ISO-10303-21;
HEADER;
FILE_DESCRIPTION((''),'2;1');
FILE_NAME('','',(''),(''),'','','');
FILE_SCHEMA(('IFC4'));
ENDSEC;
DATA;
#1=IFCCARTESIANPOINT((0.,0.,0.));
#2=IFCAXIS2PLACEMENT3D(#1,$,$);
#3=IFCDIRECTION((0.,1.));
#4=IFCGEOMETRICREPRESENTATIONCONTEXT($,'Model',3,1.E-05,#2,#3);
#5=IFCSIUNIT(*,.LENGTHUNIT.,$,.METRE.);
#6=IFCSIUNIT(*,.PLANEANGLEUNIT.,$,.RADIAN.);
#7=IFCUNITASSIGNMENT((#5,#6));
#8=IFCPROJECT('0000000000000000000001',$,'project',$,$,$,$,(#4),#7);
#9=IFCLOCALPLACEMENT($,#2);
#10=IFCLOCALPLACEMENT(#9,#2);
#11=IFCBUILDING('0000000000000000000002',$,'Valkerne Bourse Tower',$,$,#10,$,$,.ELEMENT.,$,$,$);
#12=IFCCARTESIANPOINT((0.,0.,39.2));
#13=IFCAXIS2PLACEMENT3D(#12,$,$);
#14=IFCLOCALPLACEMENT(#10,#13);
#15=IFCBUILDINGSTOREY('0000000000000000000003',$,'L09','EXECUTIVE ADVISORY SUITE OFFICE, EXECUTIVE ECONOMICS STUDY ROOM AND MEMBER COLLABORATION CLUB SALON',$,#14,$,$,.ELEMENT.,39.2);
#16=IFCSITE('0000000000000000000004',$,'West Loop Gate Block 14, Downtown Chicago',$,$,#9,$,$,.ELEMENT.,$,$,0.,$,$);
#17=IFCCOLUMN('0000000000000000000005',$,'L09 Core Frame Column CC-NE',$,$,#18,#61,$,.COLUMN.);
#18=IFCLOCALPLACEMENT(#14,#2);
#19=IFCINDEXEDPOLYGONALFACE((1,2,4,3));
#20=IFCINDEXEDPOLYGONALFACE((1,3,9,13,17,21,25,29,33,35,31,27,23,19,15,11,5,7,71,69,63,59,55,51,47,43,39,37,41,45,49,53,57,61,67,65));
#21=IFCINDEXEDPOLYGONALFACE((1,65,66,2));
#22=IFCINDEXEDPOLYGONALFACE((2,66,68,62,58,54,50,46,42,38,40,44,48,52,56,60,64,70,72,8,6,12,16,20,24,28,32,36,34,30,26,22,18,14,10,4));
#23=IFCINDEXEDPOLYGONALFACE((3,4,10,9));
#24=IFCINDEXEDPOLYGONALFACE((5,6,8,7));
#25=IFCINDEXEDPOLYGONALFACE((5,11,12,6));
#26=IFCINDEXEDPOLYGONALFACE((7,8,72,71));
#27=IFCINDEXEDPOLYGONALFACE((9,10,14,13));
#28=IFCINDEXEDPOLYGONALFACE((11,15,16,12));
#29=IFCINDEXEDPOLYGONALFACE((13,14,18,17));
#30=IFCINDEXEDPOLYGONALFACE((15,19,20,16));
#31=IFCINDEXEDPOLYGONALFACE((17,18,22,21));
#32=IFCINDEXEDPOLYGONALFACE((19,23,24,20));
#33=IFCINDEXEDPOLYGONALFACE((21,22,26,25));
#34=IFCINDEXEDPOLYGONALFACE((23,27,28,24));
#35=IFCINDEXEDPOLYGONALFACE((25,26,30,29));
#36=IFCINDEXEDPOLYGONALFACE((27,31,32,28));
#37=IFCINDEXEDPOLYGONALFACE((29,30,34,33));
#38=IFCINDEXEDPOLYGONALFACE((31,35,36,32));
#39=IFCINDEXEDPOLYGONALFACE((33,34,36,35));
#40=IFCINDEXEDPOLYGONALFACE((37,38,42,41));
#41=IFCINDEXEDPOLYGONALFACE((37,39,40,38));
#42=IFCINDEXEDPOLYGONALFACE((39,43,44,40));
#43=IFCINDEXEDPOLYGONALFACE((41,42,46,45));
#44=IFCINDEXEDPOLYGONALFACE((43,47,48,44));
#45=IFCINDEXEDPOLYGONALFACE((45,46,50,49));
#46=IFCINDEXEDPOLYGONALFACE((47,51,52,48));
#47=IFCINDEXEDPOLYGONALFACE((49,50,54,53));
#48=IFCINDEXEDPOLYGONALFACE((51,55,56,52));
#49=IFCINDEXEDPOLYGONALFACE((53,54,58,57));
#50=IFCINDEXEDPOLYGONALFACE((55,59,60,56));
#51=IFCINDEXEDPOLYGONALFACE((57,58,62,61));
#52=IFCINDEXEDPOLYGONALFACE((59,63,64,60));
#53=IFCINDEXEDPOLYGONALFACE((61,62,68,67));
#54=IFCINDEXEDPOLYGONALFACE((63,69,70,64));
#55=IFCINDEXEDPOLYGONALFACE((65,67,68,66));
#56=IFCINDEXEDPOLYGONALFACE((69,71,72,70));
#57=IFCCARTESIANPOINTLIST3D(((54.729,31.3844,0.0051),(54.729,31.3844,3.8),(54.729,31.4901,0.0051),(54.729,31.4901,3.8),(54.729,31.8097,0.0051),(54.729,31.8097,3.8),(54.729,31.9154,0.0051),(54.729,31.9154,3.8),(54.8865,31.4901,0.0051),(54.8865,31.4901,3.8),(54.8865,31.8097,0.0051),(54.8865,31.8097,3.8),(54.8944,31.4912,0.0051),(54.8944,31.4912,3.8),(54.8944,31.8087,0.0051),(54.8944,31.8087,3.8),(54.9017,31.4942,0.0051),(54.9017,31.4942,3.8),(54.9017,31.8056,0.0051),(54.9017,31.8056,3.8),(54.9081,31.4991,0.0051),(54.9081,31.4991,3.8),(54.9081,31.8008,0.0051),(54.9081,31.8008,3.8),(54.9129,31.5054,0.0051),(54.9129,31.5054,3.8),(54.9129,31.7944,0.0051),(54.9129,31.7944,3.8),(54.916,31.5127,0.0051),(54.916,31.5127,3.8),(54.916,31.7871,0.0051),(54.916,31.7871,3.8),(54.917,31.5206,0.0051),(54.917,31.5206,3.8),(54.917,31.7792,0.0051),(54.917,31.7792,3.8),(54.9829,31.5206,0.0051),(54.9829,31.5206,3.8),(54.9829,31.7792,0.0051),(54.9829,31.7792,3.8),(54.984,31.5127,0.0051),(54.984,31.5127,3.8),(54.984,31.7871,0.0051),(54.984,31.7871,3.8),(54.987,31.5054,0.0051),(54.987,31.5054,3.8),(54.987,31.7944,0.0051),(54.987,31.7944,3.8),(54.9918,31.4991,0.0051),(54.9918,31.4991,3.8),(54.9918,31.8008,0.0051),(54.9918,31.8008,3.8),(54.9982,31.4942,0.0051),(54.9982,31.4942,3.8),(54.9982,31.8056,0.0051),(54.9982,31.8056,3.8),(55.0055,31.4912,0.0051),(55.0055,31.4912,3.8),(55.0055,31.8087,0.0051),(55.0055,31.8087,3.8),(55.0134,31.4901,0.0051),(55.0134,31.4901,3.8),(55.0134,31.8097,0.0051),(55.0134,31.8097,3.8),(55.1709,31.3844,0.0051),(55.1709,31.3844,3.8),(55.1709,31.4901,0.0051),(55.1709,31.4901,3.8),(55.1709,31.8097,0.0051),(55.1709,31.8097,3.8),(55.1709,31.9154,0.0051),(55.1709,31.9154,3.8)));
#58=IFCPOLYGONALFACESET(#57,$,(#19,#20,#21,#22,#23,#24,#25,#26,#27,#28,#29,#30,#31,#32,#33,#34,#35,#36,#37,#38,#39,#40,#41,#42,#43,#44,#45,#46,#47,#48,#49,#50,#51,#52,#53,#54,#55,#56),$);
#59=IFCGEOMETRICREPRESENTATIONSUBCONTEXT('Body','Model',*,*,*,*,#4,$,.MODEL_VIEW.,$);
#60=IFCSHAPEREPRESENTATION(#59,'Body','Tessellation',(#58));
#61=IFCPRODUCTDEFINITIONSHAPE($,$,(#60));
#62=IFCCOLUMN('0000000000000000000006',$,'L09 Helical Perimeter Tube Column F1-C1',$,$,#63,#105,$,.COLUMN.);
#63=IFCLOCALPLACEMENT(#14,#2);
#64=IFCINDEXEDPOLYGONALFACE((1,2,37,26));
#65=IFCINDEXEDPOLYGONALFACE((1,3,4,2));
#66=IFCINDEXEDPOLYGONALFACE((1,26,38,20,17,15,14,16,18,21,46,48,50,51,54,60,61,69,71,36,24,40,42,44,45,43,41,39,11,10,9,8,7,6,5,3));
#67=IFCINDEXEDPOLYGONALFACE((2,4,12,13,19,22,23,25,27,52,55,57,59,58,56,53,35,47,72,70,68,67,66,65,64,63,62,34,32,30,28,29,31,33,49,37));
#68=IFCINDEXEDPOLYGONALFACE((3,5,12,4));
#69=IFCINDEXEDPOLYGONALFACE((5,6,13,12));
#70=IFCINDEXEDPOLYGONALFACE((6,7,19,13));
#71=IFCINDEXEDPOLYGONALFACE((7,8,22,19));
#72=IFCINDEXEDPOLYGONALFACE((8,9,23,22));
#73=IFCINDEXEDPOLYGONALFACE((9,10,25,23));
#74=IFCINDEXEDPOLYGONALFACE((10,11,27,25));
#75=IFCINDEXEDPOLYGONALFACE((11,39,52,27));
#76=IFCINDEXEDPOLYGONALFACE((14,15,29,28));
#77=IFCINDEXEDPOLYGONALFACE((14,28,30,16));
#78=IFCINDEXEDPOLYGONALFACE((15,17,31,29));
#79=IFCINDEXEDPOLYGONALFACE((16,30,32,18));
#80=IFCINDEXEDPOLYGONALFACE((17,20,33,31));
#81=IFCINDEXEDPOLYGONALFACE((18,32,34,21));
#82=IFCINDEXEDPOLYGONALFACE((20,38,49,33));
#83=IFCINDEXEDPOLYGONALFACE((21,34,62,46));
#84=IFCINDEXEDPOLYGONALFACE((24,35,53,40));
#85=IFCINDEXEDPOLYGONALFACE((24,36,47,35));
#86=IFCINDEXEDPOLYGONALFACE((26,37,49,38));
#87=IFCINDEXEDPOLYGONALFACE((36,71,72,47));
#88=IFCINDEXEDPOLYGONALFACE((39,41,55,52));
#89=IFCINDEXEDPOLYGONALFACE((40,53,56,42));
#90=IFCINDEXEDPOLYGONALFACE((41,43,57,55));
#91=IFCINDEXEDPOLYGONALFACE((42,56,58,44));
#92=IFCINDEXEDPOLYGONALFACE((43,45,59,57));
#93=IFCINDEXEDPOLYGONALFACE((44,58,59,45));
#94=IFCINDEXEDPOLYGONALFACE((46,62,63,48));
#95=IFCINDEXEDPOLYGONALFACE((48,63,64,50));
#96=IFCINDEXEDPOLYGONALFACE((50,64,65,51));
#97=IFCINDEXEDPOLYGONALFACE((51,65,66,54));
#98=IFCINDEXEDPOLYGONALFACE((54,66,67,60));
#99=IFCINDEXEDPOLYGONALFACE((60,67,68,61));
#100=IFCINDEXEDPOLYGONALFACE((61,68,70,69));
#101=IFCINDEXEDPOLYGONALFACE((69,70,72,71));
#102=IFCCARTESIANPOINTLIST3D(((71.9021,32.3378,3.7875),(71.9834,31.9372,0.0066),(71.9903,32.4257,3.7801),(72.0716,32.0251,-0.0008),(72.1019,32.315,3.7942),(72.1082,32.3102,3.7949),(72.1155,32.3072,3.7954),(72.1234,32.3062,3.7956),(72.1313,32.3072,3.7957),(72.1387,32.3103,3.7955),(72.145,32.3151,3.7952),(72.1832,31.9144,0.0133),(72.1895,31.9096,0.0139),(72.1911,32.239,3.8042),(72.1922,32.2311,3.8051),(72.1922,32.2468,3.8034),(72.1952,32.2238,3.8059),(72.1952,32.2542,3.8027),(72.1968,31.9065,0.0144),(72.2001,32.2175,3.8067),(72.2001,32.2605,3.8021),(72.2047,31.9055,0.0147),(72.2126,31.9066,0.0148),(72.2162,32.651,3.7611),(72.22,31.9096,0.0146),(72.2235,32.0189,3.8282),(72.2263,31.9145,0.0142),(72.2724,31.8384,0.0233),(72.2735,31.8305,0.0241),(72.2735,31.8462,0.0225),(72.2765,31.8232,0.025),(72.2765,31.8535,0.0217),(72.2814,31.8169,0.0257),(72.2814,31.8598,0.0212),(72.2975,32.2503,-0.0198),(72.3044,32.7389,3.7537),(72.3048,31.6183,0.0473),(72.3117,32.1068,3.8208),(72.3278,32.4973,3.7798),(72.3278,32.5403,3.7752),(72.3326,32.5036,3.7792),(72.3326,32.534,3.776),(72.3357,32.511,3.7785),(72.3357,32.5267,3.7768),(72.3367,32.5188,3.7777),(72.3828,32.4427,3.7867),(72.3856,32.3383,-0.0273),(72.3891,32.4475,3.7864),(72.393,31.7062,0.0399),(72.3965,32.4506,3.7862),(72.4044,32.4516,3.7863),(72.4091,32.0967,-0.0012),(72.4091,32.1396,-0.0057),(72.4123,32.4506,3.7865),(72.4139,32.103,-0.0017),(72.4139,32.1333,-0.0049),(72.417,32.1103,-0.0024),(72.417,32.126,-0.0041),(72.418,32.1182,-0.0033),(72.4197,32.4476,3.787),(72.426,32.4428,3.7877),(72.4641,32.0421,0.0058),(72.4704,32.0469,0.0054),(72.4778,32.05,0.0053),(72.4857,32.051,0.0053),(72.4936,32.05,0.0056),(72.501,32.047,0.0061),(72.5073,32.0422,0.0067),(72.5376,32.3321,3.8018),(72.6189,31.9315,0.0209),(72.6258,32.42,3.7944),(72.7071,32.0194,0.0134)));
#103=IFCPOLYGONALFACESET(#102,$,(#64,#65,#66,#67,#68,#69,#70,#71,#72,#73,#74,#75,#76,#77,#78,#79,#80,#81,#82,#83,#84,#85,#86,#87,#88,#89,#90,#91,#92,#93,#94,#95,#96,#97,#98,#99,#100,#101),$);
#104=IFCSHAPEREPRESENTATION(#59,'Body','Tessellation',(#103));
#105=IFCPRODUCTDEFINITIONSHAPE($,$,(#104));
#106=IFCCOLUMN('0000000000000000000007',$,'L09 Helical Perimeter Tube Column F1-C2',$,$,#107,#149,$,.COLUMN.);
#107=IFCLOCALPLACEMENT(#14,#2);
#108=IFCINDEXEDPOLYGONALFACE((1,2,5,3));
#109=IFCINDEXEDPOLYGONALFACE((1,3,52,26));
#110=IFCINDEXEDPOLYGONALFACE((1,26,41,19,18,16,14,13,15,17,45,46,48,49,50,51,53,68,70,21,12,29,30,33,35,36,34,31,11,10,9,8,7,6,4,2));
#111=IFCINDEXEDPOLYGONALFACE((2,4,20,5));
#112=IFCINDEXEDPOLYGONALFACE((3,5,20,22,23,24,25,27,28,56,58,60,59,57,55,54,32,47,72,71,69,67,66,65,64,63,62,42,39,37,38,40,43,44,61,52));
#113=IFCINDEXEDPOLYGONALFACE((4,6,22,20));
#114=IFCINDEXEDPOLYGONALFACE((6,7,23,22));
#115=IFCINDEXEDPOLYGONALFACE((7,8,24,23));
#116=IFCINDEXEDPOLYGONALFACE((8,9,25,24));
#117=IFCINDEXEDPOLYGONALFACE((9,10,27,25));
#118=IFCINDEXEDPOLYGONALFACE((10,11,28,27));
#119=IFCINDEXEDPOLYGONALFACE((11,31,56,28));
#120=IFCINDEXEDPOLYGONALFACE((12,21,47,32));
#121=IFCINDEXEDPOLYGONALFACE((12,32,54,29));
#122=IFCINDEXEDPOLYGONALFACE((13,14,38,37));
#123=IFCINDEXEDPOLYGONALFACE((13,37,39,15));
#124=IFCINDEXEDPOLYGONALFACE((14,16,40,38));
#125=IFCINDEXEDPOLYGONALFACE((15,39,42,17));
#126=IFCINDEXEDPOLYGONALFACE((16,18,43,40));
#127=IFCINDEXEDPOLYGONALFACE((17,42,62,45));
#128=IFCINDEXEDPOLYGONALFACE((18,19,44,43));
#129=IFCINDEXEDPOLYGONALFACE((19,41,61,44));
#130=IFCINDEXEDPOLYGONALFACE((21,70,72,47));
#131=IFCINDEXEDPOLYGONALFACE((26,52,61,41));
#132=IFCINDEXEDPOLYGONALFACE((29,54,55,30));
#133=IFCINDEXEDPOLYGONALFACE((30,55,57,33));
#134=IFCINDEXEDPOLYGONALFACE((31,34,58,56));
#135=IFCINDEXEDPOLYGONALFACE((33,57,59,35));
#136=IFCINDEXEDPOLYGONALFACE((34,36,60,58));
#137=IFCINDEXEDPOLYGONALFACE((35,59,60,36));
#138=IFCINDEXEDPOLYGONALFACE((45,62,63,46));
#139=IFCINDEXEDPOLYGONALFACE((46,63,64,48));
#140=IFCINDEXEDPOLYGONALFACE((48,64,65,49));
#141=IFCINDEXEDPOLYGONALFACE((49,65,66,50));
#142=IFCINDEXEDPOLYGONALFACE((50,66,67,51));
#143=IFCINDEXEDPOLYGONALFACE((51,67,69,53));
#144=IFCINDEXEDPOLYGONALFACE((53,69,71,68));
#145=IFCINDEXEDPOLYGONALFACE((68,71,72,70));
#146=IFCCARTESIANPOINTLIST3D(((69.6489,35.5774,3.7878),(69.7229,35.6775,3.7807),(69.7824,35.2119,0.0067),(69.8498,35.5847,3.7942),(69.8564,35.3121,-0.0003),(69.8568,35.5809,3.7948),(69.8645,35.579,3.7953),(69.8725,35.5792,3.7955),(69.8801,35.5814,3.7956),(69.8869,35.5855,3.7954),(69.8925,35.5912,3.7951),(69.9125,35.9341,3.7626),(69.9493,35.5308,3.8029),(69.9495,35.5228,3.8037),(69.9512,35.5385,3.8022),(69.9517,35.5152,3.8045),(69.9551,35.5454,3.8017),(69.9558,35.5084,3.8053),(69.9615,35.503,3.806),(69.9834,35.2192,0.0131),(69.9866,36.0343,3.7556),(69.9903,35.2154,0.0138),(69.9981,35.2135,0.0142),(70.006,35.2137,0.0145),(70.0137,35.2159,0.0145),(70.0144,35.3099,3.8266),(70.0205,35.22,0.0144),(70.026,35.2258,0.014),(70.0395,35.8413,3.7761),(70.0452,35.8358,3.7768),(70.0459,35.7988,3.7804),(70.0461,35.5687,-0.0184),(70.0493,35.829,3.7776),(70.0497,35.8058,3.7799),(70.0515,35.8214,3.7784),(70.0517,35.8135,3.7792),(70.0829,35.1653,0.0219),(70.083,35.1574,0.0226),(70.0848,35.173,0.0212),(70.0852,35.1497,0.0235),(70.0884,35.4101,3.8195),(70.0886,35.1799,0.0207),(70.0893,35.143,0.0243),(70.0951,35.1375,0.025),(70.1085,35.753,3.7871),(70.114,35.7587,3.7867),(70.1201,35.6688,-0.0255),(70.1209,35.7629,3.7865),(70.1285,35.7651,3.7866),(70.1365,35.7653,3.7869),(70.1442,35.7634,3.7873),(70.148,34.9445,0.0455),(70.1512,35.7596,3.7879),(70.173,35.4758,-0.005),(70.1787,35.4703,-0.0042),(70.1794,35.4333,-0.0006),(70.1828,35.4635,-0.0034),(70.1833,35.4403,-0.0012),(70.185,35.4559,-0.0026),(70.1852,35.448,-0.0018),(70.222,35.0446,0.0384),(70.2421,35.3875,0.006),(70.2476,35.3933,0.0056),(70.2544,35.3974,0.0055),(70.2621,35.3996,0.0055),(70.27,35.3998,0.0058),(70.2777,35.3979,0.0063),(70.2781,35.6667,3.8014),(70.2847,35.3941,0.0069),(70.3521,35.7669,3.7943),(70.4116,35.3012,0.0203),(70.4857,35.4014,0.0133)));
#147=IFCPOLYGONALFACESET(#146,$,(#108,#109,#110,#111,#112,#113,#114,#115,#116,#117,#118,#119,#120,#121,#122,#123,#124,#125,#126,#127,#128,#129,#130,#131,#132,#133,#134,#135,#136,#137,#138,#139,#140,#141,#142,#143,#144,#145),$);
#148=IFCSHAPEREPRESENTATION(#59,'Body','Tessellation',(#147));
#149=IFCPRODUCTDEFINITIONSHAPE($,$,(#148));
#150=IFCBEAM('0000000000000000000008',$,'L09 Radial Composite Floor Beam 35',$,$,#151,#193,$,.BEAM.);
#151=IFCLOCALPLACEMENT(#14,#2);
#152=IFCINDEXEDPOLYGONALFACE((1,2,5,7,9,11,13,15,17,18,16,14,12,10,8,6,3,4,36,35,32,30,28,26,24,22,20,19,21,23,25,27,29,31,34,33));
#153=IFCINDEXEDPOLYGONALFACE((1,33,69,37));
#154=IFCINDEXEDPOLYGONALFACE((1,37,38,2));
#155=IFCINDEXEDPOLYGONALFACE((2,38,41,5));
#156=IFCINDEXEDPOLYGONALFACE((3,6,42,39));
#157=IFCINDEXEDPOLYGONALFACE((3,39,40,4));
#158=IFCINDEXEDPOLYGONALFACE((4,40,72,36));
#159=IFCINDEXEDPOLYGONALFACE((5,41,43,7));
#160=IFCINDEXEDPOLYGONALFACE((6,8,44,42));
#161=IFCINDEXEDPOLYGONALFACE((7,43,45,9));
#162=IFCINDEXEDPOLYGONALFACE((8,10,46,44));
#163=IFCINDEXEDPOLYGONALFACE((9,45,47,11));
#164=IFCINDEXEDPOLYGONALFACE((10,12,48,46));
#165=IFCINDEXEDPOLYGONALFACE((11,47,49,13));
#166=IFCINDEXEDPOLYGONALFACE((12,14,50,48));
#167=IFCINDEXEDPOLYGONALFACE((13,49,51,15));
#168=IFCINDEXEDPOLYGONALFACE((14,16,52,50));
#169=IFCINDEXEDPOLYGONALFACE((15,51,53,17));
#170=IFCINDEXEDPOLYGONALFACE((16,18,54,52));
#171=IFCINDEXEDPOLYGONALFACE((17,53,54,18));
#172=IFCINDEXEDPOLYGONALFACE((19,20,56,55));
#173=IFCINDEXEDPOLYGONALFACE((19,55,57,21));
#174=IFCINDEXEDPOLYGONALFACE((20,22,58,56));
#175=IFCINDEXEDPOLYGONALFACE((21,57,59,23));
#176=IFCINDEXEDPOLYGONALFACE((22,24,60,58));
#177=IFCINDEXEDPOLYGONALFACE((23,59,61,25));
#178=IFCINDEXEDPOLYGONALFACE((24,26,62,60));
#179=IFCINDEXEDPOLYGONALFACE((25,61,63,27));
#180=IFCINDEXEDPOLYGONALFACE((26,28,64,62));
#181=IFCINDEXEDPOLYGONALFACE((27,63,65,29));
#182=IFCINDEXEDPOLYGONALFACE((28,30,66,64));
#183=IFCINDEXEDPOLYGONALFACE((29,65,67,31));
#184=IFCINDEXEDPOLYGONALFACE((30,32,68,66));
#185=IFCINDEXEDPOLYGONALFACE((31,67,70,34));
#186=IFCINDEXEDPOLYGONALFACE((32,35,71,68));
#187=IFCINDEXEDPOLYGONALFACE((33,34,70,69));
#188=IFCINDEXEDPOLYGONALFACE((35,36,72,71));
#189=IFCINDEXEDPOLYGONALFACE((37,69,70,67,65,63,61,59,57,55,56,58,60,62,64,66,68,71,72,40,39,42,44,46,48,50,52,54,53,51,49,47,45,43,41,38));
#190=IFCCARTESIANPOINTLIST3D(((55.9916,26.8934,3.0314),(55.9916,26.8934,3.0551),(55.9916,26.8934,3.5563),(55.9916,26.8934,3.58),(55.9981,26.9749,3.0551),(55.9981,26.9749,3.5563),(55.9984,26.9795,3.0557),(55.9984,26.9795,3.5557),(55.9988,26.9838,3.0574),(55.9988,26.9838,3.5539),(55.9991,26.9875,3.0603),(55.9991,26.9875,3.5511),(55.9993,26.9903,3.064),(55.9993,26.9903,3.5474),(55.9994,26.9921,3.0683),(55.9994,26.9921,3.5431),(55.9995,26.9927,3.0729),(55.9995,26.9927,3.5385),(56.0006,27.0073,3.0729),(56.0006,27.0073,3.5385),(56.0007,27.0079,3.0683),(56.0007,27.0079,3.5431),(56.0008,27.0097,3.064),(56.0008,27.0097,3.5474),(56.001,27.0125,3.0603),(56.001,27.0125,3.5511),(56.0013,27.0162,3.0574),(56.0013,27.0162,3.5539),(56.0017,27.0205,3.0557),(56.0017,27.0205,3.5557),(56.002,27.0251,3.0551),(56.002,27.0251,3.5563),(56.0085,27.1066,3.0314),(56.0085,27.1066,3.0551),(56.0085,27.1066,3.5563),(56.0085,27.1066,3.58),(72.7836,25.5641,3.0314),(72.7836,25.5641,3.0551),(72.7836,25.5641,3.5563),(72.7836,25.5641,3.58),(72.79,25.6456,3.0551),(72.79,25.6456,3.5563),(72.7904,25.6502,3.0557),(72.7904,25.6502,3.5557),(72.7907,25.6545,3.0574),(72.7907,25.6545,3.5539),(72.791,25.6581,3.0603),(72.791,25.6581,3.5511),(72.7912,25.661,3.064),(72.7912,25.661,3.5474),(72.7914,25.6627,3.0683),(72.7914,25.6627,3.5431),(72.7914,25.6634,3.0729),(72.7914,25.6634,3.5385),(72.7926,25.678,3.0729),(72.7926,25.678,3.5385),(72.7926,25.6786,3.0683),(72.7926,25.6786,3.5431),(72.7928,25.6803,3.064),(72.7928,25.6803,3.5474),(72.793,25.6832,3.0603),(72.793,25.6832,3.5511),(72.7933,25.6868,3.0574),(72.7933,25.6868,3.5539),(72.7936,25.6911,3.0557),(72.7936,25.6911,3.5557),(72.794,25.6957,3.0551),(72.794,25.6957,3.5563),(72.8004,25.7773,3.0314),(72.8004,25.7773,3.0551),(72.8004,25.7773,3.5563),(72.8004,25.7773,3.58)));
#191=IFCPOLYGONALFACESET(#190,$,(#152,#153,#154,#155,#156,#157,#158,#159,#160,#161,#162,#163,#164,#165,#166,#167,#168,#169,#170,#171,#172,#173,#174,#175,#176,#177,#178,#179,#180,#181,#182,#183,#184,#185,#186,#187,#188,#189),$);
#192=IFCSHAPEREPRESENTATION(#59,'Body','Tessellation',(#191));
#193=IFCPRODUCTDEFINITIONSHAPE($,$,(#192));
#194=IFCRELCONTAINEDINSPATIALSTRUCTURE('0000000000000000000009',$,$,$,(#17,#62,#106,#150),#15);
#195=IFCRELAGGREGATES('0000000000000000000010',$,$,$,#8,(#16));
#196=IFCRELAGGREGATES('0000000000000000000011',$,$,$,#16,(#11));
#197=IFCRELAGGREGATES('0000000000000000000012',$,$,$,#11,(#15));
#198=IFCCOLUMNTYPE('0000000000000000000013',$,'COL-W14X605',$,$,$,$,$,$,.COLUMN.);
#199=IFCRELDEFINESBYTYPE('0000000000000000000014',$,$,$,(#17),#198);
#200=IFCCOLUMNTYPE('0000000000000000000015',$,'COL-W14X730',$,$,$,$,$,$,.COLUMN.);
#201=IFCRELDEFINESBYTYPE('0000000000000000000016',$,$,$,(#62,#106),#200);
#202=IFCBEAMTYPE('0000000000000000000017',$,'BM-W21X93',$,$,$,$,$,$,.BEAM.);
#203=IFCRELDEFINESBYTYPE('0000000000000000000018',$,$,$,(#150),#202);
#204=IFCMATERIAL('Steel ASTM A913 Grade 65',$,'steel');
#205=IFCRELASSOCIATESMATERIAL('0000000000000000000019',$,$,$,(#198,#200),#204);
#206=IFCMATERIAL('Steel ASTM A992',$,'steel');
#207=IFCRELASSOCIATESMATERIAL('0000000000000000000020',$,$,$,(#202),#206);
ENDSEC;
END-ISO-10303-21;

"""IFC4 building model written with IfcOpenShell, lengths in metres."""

from ifc_helpers import new_model, si_unit, direction, frame, origin, origin_2d, place, context, subcontext, project, spatial, i_section, extrude, material, material_profile, profile_set, type_object, element, save


model = new_model("IFC4")

# Units and contexts
model_context = context("Model", 3, precision=1e-05, world=origin(), true_north=direction((0.0, 1.0)))
body_context = subcontext(model_context, "Body", "Model", "MODEL_VIEW")
ifc_project = project(units=[si_unit("LENGTHUNIT", "METRE"), si_unit("PLANEANGLEUNIT", "RADIAN")], contexts=[model_context])

# Site, building, storey
site_placement = place(None, origin())
site = spatial("IfcSite", under=ifc_project, at=site_placement, Name="West Loop Gate Block 14, Downtown Chicago", CompositionType="ELEMENT", RefElevation=0.0)
building_placement = place(site_placement, origin())
building = spatial("IfcBuilding", under=site, at=building_placement, Name="Valkerne Bourse Tower", CompositionType="ELEMENT")
storey_placement = place(building_placement, frame((0.0, 0.0, 39.2)))
storey = spatial("IfcBuildingStorey", under=building, at=storey_placement, Name="L09", Description="EXECUTIVE ADVISORY SUITE OFFICE, EXECUTIVE ECONOMICS STUDY ROOM AND MEMBER COLLABORATION CLUB SALON", CompositionType="ELEMENT", Elevation=39.2)

# Columns
ifc_material_1 = material(Name="Steel ASTM A913 Grade 65", Category="steel")
ifc_material_profile_1 = material_profile(ifc_material_1, i_section(OverallWidth=0.4419, OverallDepth=0.531, WebThickness=0.0659, FlangeThickness=0.1057, FilletRadius=0.0305, at=origin_2d()), Name="W14X605")
ifc_profile_set_1 = profile_set([ifc_material_profile_1], Name="Steel ASTM A913 Grade 65")
column_type_1 = type_object("IfcColumnType", Name="COL-W14X605", PredefinedType="COLUMN", material=ifc_profile_set_1)
column_1_placement = place(storey_placement, frame((54.95, 31.6499, 0.0051), z_axis=(0.0, 0.0, 1.0), x_axis=(1.0, 0.0, 0.0)))
element("IfcColumn", 1, at=column_1_placement, inside=storey, type_object=column_type_1, Name="L09 Core Frame Column CC-NE", PredefinedType="COLUMN", context=body_context, shape_type="SweptSolid", body=[
    extrude(i_section(OverallWidth=0.4419, OverallDepth=0.531, WebThickness=0.0659, FlangeThickness=0.1057, FilletRadius=0.0305, at=origin_2d()), origin(), (0.0, 0.0, 1.0), 3.7949),
])
ifc_material_profile_2 = material_profile(ifc_material_1, i_section(OverallWidth=0.4546, OverallDepth=0.5691, WebThickness=0.0779, FlangeThickness=0.1248, FilletRadius=0.0305, at=origin_2d()), Name="W14X730")
ifc_profile_set_2 = profile_set([ifc_material_profile_2], Name="Steel ASTM A913 Grade 65")
column_type_2 = type_object("IfcColumnType", Name="COL-W14X730", PredefinedType="COLUMN", material=ifc_profile_set_2)
column_2_placement = place(storey_placement, frame((72.3452, 31.9783, 0.01), z_axis=(-0.021377, 0.105346, 0.994206), x_axis=(0.707023, -0.7015, 0.089533)))
element("IfcColumn", 2, at=column_2_placement, inside=storey, type_object=column_type_2, Name="L09 Helical Perimeter Tube Column F1-C1", PredefinedType="COLUMN", context=body_context, shape_type="SweptSolid", body=[
    extrude(i_section(OverallWidth=0.4546, OverallDepth=0.5691, WebThickness=0.0779, FlangeThickness=0.1248, FilletRadius=0.0305, at=origin_2d()), origin(), (0.0, 0.0, 1.0), 3.803),
])
column_3_placement = place(storey_placement, frame((70.134, 35.3066, 0.01), z_axis=(-0.035134, 0.096154, 0.994746), x_axis=(0.804139, -0.588294, 0.085268)))
element("IfcColumn", 3, at=column_3_placement, inside=storey, type_object=column_type_2, Name="L09 Helical Perimeter Tube Column F1-C2", PredefinedType="COLUMN", context=body_context, shape_type="SweptSolid", body=[
    extrude(i_section(OverallWidth=0.4546, OverallDepth=0.5691, WebThickness=0.0779, FlangeThickness=0.1248, FilletRadius=0.0305, at=origin_2d()), origin(), (0.0, 0.0, 1.0), 3.801),
])

# Beam
ifc_material_2 = material(Name="Steel ASTM A992", Category="steel")
ifc_material_profile_3 = material_profile(ifc_material_2, i_section(OverallWidth=0.2139, OverallDepth=0.5486, WebThickness=0.0146, FlangeThickness=0.0237, FilletRadius=0.0178, at=origin_2d()), Name="W21X93")
ifc_profile_set_3 = profile_set([ifc_material_profile_3], Name="Steel ASTM A992")
beam_type_1 = type_object("IfcBeamType", Name="BM-W21X93", PredefinedType="BEAM", material=ifc_profile_set_3)
beam_1_placement = place(storey_placement, frame((72.792, 25.6707, 3.3057), z_axis=(-0.996881, 0.078919, 0.0), x_axis=(-0.078919, -0.996881, 0.0)))
element("IfcBeam", 4, at=beam_1_placement, inside=storey, type_object=beam_type_1, Name="L09 Radial Composite Floor Beam 35", PredefinedType="BEAM", context=body_context, shape_type="SweptSolid", body=[
    extrude(i_section(OverallWidth=0.2139, OverallDepth=0.5486, WebThickness=0.0146, FlangeThickness=0.0237, FilletRadius=0.0178, at=origin_2d()), origin(), (0.0, 0.0, 1.0), 16.8445),
])

save(model, "model.ifc")
